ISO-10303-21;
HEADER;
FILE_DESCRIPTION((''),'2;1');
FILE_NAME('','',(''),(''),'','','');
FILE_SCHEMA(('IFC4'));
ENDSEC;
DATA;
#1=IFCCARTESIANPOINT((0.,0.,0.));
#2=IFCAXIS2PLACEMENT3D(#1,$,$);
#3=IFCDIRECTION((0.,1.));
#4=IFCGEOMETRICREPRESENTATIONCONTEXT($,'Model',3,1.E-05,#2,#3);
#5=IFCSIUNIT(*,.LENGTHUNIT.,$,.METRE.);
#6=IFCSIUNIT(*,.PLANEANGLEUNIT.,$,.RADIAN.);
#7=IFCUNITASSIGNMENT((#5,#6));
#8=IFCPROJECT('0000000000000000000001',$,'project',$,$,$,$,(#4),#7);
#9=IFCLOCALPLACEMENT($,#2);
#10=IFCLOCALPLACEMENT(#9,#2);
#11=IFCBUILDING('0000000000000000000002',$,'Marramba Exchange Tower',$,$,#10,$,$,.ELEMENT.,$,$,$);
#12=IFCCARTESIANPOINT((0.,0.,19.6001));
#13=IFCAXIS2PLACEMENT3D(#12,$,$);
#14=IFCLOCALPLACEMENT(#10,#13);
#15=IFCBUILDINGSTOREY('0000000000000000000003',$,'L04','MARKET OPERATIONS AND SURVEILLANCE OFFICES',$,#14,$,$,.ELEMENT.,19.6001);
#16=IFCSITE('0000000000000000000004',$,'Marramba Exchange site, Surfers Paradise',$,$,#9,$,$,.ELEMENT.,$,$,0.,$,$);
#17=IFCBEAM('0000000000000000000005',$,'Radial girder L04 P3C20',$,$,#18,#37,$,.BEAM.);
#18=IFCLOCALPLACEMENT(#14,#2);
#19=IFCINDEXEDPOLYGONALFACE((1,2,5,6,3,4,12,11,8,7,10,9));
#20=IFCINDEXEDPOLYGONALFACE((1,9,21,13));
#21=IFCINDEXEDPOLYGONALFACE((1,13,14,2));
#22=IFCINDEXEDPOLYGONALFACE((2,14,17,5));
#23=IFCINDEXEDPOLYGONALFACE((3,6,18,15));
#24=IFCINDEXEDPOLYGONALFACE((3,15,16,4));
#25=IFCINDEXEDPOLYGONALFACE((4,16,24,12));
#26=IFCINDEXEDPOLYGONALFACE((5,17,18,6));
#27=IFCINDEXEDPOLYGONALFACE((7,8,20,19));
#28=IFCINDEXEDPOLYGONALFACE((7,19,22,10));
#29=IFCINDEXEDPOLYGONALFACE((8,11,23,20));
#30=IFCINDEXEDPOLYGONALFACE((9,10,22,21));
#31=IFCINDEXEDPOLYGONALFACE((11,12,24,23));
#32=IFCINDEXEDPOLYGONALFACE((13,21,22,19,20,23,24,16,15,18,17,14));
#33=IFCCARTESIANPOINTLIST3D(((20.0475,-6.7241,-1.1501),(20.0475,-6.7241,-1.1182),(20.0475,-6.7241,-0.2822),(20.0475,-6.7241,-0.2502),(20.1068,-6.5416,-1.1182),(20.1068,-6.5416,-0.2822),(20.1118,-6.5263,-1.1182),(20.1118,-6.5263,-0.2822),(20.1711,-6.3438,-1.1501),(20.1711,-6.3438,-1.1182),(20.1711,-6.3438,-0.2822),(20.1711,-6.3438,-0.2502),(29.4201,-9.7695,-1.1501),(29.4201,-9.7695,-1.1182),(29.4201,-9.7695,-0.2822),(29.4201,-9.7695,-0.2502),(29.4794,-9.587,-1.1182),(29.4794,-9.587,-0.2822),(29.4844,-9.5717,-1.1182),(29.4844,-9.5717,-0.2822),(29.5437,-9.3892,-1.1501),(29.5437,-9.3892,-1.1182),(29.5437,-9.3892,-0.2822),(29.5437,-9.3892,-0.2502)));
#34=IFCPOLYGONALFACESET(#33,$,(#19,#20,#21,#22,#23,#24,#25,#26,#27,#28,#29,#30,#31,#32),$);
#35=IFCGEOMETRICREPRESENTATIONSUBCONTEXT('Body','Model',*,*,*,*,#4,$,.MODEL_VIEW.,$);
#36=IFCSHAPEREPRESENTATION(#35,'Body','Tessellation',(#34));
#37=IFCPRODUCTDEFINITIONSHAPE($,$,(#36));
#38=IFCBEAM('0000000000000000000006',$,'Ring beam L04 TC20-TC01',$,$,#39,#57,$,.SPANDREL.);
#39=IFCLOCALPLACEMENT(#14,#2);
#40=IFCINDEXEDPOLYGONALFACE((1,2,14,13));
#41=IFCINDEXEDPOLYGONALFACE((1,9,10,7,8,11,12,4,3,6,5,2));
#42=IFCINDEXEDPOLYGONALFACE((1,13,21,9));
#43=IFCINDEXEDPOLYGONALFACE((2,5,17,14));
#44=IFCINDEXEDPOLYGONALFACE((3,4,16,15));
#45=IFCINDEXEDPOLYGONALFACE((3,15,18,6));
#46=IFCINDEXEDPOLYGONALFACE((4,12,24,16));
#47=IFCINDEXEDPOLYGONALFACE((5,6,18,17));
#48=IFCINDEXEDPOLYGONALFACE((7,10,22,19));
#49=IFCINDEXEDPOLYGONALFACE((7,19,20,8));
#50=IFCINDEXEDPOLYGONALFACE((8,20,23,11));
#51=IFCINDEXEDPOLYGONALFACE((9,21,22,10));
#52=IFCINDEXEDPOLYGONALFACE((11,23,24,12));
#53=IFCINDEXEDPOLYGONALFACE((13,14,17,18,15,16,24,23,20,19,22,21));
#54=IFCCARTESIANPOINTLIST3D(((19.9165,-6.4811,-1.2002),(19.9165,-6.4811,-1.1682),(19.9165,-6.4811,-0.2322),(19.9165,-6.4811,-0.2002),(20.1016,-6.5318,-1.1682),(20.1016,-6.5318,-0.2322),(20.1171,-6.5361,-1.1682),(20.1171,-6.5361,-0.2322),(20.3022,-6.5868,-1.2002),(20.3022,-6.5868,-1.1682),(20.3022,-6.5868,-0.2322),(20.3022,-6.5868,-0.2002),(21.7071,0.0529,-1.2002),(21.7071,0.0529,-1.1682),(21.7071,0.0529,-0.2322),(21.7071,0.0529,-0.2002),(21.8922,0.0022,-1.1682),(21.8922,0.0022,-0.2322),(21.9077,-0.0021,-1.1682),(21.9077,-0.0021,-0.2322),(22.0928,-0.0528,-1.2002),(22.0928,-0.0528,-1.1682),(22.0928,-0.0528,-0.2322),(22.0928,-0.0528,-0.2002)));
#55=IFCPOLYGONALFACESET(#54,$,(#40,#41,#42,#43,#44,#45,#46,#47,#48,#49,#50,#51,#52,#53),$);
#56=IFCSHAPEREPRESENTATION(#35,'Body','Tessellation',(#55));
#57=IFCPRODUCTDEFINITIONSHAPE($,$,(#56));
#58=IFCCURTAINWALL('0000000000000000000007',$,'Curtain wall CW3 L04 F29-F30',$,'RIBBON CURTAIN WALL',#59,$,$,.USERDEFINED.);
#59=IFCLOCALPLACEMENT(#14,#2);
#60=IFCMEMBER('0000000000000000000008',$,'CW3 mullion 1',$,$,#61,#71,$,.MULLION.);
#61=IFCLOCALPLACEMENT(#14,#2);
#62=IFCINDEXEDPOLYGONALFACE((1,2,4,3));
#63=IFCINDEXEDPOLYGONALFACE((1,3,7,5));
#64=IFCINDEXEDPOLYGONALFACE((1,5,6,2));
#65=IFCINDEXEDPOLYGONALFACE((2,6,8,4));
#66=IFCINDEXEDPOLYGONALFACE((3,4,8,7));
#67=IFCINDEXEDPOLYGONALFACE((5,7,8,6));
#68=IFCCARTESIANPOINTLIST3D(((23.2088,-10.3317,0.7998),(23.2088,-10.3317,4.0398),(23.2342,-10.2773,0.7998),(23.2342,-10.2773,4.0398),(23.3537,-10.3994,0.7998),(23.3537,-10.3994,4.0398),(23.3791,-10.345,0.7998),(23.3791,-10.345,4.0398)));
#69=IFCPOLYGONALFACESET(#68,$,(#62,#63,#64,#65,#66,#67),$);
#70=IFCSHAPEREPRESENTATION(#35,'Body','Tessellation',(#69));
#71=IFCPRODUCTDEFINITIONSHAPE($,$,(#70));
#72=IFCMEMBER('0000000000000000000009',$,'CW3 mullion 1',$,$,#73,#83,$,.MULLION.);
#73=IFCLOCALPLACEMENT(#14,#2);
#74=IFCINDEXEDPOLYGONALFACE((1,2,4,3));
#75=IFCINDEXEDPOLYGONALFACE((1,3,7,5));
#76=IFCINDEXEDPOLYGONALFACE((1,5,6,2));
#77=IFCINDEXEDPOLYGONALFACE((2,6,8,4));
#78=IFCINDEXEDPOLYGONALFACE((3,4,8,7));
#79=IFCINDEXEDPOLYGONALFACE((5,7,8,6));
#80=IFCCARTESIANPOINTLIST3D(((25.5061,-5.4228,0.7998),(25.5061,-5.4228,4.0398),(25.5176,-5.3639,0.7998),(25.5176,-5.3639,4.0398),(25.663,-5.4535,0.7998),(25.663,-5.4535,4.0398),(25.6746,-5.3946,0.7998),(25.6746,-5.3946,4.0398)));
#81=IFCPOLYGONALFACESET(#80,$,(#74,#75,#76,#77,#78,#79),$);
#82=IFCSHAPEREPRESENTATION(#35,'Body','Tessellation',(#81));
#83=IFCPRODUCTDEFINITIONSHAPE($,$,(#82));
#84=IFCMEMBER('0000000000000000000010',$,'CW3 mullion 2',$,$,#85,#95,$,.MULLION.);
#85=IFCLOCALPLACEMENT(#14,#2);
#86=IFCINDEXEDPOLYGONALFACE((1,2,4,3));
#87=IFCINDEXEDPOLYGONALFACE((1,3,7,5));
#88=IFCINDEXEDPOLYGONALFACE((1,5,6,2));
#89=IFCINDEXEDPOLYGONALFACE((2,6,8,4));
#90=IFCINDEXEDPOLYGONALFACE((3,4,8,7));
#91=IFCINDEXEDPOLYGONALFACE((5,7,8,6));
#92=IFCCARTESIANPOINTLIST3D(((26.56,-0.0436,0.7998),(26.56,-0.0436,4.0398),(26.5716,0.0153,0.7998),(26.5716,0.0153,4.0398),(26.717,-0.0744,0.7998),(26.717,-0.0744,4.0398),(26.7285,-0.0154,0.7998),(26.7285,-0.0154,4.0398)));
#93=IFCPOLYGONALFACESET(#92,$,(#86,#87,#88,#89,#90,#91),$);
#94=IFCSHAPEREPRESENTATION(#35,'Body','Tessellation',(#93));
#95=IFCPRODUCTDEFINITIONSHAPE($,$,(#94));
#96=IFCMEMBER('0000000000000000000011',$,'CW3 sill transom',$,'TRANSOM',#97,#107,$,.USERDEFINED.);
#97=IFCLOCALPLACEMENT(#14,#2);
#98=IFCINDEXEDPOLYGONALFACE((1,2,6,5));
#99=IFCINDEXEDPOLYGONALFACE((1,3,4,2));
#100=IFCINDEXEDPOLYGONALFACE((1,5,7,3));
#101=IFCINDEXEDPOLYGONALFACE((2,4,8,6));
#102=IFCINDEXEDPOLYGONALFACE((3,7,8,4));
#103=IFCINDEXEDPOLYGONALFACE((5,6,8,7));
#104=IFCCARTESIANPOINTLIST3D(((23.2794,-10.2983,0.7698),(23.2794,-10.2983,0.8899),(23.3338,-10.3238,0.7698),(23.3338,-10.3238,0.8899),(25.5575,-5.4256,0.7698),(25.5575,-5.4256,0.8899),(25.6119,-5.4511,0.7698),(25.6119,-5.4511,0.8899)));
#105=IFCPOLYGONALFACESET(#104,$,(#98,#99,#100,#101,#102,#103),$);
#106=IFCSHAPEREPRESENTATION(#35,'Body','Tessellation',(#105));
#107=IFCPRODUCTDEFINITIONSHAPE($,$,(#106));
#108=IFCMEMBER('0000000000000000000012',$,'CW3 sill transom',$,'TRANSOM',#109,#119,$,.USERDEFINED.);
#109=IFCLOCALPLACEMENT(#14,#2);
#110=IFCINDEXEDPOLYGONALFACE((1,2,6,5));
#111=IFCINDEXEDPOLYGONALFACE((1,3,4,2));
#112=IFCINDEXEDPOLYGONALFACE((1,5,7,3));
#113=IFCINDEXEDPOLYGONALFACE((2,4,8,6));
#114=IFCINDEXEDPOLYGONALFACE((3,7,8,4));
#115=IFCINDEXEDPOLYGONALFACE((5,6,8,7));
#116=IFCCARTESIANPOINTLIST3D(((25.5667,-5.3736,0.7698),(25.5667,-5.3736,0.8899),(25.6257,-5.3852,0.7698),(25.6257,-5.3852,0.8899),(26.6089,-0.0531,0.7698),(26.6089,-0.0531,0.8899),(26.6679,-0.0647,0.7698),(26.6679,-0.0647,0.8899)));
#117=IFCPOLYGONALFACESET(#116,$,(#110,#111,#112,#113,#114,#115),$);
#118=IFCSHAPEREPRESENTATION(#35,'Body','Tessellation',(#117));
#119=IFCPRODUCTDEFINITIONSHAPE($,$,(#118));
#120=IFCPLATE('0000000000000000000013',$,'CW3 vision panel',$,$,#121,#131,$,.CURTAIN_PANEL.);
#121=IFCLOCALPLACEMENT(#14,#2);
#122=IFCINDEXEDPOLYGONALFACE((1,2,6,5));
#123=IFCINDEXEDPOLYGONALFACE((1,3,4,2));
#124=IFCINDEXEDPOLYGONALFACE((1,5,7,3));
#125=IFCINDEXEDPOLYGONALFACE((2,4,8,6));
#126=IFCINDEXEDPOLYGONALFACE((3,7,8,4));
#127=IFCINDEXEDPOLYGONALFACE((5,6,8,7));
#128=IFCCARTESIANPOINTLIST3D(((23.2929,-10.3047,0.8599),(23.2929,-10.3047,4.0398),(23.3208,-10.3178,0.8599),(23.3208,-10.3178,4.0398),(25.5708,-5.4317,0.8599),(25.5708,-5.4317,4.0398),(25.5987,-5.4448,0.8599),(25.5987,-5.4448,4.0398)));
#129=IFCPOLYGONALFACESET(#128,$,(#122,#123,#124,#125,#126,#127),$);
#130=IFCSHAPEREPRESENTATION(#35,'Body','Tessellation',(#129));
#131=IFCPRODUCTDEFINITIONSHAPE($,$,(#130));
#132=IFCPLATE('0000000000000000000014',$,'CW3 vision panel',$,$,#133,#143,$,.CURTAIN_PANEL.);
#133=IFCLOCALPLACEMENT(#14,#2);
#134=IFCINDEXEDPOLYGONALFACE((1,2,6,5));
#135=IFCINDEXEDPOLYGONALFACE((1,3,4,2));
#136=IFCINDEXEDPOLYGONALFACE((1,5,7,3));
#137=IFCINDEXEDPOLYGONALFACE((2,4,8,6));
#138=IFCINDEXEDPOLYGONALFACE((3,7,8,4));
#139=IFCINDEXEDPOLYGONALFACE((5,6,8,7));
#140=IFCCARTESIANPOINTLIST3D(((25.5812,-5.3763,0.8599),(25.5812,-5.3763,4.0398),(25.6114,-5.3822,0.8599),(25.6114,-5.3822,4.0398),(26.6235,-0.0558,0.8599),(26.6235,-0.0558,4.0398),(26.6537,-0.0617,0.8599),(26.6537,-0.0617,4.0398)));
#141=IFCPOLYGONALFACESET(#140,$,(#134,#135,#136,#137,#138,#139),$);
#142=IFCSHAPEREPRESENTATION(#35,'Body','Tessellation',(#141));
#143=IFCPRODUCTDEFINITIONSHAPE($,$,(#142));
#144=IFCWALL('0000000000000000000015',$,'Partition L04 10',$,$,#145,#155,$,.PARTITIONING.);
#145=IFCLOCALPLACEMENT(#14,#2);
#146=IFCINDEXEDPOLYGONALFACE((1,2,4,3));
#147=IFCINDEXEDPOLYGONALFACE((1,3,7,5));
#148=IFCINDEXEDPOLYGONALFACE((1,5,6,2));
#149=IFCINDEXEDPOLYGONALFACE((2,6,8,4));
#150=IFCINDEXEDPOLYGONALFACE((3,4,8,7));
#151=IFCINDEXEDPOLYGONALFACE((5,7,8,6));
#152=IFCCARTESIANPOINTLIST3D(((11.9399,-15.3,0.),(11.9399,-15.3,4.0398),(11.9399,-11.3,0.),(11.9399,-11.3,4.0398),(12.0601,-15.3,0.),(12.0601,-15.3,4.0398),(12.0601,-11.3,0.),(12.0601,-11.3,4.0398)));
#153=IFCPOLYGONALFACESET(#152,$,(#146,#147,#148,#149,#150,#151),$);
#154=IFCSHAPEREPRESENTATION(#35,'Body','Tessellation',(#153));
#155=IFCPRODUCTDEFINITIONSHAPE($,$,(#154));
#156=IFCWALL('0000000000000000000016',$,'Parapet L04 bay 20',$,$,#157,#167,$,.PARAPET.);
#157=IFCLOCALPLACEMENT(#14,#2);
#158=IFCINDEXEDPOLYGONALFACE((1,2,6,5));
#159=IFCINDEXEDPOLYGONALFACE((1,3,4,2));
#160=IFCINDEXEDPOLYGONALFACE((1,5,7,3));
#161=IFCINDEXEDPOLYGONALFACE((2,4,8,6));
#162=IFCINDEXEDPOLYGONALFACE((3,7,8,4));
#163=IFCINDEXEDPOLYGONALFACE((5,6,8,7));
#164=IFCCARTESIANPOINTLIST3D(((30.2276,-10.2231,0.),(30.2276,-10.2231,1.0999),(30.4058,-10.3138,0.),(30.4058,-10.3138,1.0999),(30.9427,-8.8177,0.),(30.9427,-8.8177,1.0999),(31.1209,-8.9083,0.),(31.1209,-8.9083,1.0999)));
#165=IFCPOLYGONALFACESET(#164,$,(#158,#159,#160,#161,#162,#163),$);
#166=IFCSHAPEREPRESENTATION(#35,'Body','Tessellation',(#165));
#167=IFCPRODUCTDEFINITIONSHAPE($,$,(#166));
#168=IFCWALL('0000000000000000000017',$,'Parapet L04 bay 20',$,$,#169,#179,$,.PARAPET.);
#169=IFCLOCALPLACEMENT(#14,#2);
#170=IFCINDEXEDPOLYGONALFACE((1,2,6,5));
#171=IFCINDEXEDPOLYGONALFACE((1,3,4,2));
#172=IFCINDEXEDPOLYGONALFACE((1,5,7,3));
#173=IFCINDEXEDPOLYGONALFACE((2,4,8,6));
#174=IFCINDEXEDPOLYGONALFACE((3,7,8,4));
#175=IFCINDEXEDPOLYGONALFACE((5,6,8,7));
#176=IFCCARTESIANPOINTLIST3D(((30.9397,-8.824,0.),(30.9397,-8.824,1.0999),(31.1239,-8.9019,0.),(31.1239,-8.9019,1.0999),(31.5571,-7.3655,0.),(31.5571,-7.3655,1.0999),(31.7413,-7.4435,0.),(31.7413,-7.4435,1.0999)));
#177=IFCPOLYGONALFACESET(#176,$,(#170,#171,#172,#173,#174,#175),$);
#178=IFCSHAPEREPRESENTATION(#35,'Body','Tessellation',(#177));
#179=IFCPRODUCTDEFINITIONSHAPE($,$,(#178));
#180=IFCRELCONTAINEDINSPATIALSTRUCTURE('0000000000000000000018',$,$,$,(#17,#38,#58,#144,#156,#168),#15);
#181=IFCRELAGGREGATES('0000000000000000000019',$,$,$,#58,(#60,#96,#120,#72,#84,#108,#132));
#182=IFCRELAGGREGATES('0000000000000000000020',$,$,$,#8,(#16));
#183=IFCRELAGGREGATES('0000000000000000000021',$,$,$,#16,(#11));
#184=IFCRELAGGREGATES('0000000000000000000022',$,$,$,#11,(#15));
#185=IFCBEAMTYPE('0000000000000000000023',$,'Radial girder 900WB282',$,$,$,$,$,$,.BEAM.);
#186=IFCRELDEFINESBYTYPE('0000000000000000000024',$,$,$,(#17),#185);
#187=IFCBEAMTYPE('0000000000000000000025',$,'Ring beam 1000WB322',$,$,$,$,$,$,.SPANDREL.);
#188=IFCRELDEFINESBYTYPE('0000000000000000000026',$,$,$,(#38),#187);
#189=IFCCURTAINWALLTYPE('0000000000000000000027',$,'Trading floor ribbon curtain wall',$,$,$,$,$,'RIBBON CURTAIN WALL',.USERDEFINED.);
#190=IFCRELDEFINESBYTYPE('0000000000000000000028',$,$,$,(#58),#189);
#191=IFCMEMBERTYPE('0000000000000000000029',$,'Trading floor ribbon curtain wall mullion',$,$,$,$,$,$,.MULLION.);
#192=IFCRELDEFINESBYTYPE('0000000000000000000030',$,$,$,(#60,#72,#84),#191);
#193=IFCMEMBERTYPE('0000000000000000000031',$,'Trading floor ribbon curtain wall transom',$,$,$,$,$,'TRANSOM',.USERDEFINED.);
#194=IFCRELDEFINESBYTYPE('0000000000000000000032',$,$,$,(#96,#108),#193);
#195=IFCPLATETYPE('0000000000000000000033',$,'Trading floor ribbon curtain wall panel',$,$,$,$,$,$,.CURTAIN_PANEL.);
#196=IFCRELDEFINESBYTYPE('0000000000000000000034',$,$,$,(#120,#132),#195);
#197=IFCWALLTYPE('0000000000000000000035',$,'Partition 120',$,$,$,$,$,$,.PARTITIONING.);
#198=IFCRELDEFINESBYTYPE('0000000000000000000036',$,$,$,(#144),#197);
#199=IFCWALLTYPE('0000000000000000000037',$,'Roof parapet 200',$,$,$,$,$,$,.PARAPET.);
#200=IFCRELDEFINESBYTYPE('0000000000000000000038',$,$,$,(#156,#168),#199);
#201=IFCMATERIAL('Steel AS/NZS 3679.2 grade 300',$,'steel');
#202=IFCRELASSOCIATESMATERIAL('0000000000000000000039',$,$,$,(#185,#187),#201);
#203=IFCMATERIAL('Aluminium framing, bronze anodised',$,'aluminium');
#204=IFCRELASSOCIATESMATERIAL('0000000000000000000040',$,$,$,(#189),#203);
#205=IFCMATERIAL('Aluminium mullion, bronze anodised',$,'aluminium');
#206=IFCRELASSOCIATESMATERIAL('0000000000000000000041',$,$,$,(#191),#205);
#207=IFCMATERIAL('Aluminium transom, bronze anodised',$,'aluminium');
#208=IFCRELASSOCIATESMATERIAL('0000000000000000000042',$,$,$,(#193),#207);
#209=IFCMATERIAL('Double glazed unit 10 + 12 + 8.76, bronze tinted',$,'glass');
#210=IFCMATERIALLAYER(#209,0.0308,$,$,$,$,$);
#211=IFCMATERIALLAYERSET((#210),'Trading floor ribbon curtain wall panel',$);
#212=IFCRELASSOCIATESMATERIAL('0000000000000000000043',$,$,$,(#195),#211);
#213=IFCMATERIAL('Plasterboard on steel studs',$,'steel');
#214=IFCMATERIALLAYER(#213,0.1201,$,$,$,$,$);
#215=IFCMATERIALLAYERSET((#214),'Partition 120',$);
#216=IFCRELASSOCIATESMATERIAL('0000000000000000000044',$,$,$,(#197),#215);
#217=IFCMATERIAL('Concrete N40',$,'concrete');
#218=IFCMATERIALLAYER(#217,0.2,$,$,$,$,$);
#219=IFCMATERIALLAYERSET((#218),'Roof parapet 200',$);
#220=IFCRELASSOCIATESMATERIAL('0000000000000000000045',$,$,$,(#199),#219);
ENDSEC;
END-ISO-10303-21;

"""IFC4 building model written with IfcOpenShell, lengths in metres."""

from ifc_helpers import new_model, si_unit, direction, frame, frame_2d, origin, origin_2d, place, context, subcontext, project, spatial, rectangle, i_section, extrude, material, layer, layer_set, material_profile, profile_set, type_object, element, aggregate, save


model = new_model("IFC4")

# Units and contexts
model_context = context("Model", 3, precision=1e-05, world=origin(), true_north=direction((0.0, 1.0)))
body_context = subcontext(model_context, "Body", "Model", "MODEL_VIEW")
ifc_project = project(units=[si_unit("LENGTHUNIT", "METRE"), si_unit("PLANEANGLEUNIT", "RADIAN")], contexts=[model_context])

# Site, building, storey
site_placement = place(None, origin())
site = spatial("IfcSite", under=ifc_project, at=site_placement, Name="Marramba Exchange site, Surfers Paradise", CompositionType="ELEMENT", RefElevation=0.0)
building_placement = place(site_placement, origin())
building = spatial("IfcBuilding", under=site, at=building_placement, Name="Marramba Exchange Tower", CompositionType="ELEMENT")
storey_placement = place(building_placement, frame((0.0, 0.0, 19.6001)))
storey = spatial("IfcBuildingStorey", under=building, at=storey_placement, Name="L04", Description="MARKET OPERATIONS AND SURVEILLANCE OFFICES", CompositionType="ELEMENT", Elevation=19.6001)

# Beams
ifc_material_1 = material(Name="Steel AS/NZS 3679.2 grade 300", Category="steel")
ifc_material_profile_1 = material_profile(ifc_material_1, i_section(OverallWidth=0.3999, OverallDepth=0.8999, WebThickness=0.0161, FlangeThickness=0.032, at=origin_2d()), Name="900WB282")
ifc_profile_set_1 = profile_set([ifc_material_profile_1], Name="Steel AS/NZS 3679.2 grade 300")
beam_type_1 = type_object("IfcBeamType", Name="Radial girder 900WB282", PredefinedType="BEAM", material=ifc_profile_set_1)
beam_1_placement = place(storey_placement, frame((29.4819, -9.5793, -0.7002), z_axis=(-0.951054, 0.309024, 0.0), x_axis=(-0.309024, -0.951054, 0.0)))
element("IfcBeam", 1, at=beam_1_placement, inside=storey, type_object=beam_type_1, Name="Radial girder L04 P3C20", PredefinedType="BEAM", context=body_context, shape_type="SweptSolid", body=[
    extrude(i_section(OverallWidth=0.3999, OverallDepth=0.8999, WebThickness=0.0161, FlangeThickness=0.032, at=origin_2d()), origin(), (0.0, 0.0, 1.0), 9.855),
])
ifc_material_profile_2 = material_profile(ifc_material_1, i_section(OverallWidth=0.3999, OverallDepth=1.0, WebThickness=0.0161, FlangeThickness=0.032, at=origin_2d()), Name="1000WB322")
ifc_profile_set_2 = profile_set([ifc_material_profile_2], Name="Steel AS/NZS 3679.2 grade 300")
beam_type_2 = type_object("IfcBeamType", Name="Ring beam 1000WB322", PredefinedType="SPANDREL", material=ifc_profile_set_2)
beam_2_placement = place(storey_placement, frame((20.1094, -6.5339, -0.7002), z_axis=(0.264291, 0.964443, 0.0), x_axis=(-0.964443, 0.264291, 0.0)))
element("IfcBeam", 2, at=beam_2_placement, inside=storey, type_object=beam_type_2, Name="Ring beam L04 TC20-TC01", PredefinedType="SPANDREL", context=body_context, shape_type="SweptSolid", body=[
    extrude(i_section(OverallWidth=0.3999, OverallDepth=1.0, WebThickness=0.0161, FlangeThickness=0.032, at=origin_2d()), origin(), (0.0, 0.0, 1.0), 6.7749),
])

# Curtain wall, members, plates
ifc_material_2 = material(Name="Aluminium framing, bronze anodised", Category="aluminium")
curtain_wall_type = type_object("IfcCurtainWallType", Name="Trading floor ribbon curtain wall", ElementType="RIBBON CURTAIN WALL", PredefinedType="USERDEFINED", material=ifc_material_2)
curtain_wall_placement = place(storey_placement, origin())
curtain_wall = element("IfcCurtainWall", 3, at=curtain_wall_placement, inside=storey, type_object=curtain_wall_type, Name="Curtain wall CW3 L04 F29-F30", ObjectType="RIBBON CURTAIN WALL", PredefinedType="USERDEFINED")
ifc_material_3 = material(Name="Aluminium mullion, bronze anodised", Category="aluminium")
ifc_material_profile_3 = material_profile(ifc_material_3, rectangle(XDim=0.1599, YDim=0.0601, at=origin_2d()), Name="CW3 mullion 60x160")
ifc_profile_set_3 = profile_set([ifc_material_profile_3], Name="Aluminium mullion, bronze anodised")
member_type_1 = type_object("IfcMemberType", Name="Trading floor ribbon curtain wall mullion", PredefinedType="MULLION", material=ifc_profile_set_3)
member_1_placement = place(storey_placement, frame((23.2939, -10.3384, 0.7998), z_axis=(0.0, 0.0, 1.0), x_axis=(-0.905907, 0.423477, 0.0)))
member_1 = element("IfcMember", 4, at=member_1_placement, type_object=member_type_1, Name="CW3 mullion 1", PredefinedType="MULLION", context=body_context, shape_type="SweptSolid", body=[
    extrude(rectangle(XDim=0.1599, YDim=0.0601, at=origin_2d()), origin(), (0.0, 0.0, 1.0), 3.24),
])
member_2_placement = place(storey_placement, frame((25.5903, -5.4087, 0.7998), z_axis=(0.0, 0.0, 1.0), x_axis=(-0.981346, 0.192249, 0.0)))
member_2 = element("IfcMember", 5, at=member_2_placement, type_object=member_type_1, Name="CW3 mullion 1", PredefinedType="MULLION", context=body_context, shape_type="SweptSolid", body=[
    extrude(rectangle(XDim=0.1599, YDim=0.0601, at=origin_2d()), origin(), (0.0, 0.0, 1.0), 3.24),
])
member_3_placement = place(storey_placement, frame((26.6443, -0.0295, 0.7998), z_axis=(0.0, 0.0, 1.0), x_axis=(-0.981346, 0.192249, 0.0)))
member_3 = element("IfcMember", 6, at=member_3_placement, type_object=member_type_1, Name="CW3 mullion 2", PredefinedType="MULLION", context=body_context, shape_type="SweptSolid", body=[
    extrude(rectangle(XDim=0.1599, YDim=0.0601, at=origin_2d()), origin(), (0.0, 0.0, 1.0), 3.24),
])
ifc_material_4 = material(Name="Aluminium transom, bronze anodised", Category="aluminium")
ifc_material_profile_4 = material_profile(ifc_material_4, rectangle(XDim=0.0601, YDim=0.1201, at=origin_2d()), Name="CW3 transom 60x120")
ifc_profile_set_4 = profile_set([ifc_material_profile_4], Name="Aluminium transom, bronze anodised")
member_type_2 = type_object("IfcMemberType", Name="Trading floor ribbon curtain wall transom", ElementType="TRANSOM", PredefinedType="USERDEFINED", material=ifc_profile_set_4)
member_4_placement = place(storey_placement, frame((23.3066, -10.311, 0.8298), z_axis=(0.423512, 0.905891, 0.0), x_axis=(-0.905891, 0.423512, 0.0)))
member_4 = element("IfcMember", 7, at=member_4_placement, type_object=member_type_2, Name="CW3 sill transom", ObjectType="TRANSOM", PredefinedType="USERDEFINED", context=body_context, shape_type="SweptSolid", body=[
    extrude(rectangle(XDim=0.0601, YDim=0.1201, at=origin_2d()), origin(), (0.0, 0.0, 1.0), 5.3789),
])
member_5_placement = place(storey_placement, frame((25.5962, -5.3794, 0.8298), z_axis=(0.192235, 0.981349, 0.0), x_axis=(-0.981349, 0.192235, 0.0)))
member_5 = element("IfcMember", 8, at=member_5_placement, type_object=member_type_2, Name="CW3 sill transom", ObjectType="TRANSOM", PredefinedType="USERDEFINED", context=body_context, shape_type="SweptSolid", body=[
    extrude(rectangle(XDim=0.0601, YDim=0.1201, at=origin_2d()), origin(), (0.0, 0.0, 1.0), 5.4216),
])
ifc_material_5 = material(Name="Double glazed unit 10 + 12 + 8.76, bronze tinted", Category="glass")
ifc_layer_1 = layer(ifc_material_5, 0.0308)
ifc_layer_set_1 = layer_set([ifc_layer_1], Name="Trading floor ribbon curtain wall panel")
plate_type = type_object("IfcPlateType", Name="Trading floor ribbon curtain wall panel", PredefinedType="CURTAIN_PANEL", material=ifc_layer_set_1)
plate_1_placement = place(storey_placement, frame((24.4458, -7.8748, 0.8599), z_axis=(0.0, 0.0, 1.0), x_axis=(0.423477, 0.905907, 0.0)))
plate_1 = element("IfcPlate", 9, at=plate_1_placement, type_object=plate_type, Name="CW3 vision panel", PredefinedType="CURTAIN_PANEL", context=body_context, shape_type="SweptSolid", body=[
    extrude(rectangle(XDim=5.3792, YDim=0.0308, at=origin_2d()), origin(), (0.0, 0.0, 1.0), 3.1799),
])
plate_2_placement = place(storey_placement, frame((26.1174, -2.719, 0.8599), z_axis=(0.0, 0.0, 1.0), x_axis=(0.192249, 0.981346, 0.0)))
plate_2 = element("IfcPlate", 10, at=plate_2_placement, type_object=plate_type, Name="CW3 vision panel", PredefinedType="CURTAIN_PANEL", context=body_context, shape_type="SweptSolid", body=[
    extrude(rectangle(XDim=5.4216, YDim=0.0308, at=origin_2d()), origin(), (0.0, 0.0, 1.0), 3.1799),
])
aggregate(curtain_wall, [member_1, member_4, plate_1, member_2, member_3, member_5, plate_2])

# Walls
ifc_material_6 = material(Name="Plasterboard on steel studs", Category="steel")
ifc_layer_2 = layer(ifc_material_6, 0.1201)
ifc_layer_set_2 = layer_set([ifc_layer_2], Name="Partition 120")
wall_type_1 = type_object("IfcWallType", Name="Partition 120", PredefinedType="PARTITIONING", material=ifc_layer_set_2)
wall_1_placement = place(storey_placement, frame((12.0, -11.3, 0.0), z_axis=(0.0, 0.0, 1.0), x_axis=(0.0, -1.0, 0.0)))
element("IfcWall", 11, at=wall_1_placement, inside=storey, type_object=wall_type_1, Name="Partition L04 10", PredefinedType="PARTITIONING", context=body_context, shape_type="SweptSolid", body=[
    extrude(rectangle(XDim=4.0, YDim=0.1201, at=frame_2d((2.0, 0.0))), origin(), (0.0, 0.0, 1.0), 4.0398),
])
ifc_material_7 = material(Name="Concrete N40", Category="concrete")
ifc_layer_3 = layer(ifc_material_7, 0.2)
ifc_layer_set_3 = layer_set([ifc_layer_3], Name="Roof parapet 200")
wall_type_2 = type_object("IfcWallType", Name="Roof parapet 200", PredefinedType="PARAPET", material=ifc_layer_set_3)
wall_2_placement = place(storey_placement, frame((30.3167, -10.2686, 0.0), z_axis=(0.0, 0.0, 1.0), x_axis=(0.453457, 0.891278, 0.0)))
element("IfcWall", 12, at=wall_2_placement, inside=storey, type_object=wall_type_2, Name="Parapet L04 bay 20", PredefinedType="PARAPET", context=body_context, shape_type="SweptSolid", body=[
    extrude(rectangle(XDim=1.5769, YDim=0.2, at=frame_2d((0.7886, 0.0))), origin(), (0.0, 0.0, 1.0), 1.0999),
])
wall_3_placement = place(storey_placement, frame((31.0317, -8.863, 0.0), z_axis=(0.0, 0.0, 1.0), x_axis=(0.389841, 0.920882, 0.0)))
element("IfcWall", 13, at=wall_3_placement, inside=storey, type_object=wall_type_2, Name="Parapet L04 bay 20", PredefinedType="PARAPET", context=body_context, shape_type="SweptSolid", body=[
    extrude(rectangle(XDim=1.5837, YDim=0.2, at=frame_2d((0.792, 0.0))), origin(), (0.0, 0.0, 1.0), 1.0999),
])

save(model, "model.ifc")
